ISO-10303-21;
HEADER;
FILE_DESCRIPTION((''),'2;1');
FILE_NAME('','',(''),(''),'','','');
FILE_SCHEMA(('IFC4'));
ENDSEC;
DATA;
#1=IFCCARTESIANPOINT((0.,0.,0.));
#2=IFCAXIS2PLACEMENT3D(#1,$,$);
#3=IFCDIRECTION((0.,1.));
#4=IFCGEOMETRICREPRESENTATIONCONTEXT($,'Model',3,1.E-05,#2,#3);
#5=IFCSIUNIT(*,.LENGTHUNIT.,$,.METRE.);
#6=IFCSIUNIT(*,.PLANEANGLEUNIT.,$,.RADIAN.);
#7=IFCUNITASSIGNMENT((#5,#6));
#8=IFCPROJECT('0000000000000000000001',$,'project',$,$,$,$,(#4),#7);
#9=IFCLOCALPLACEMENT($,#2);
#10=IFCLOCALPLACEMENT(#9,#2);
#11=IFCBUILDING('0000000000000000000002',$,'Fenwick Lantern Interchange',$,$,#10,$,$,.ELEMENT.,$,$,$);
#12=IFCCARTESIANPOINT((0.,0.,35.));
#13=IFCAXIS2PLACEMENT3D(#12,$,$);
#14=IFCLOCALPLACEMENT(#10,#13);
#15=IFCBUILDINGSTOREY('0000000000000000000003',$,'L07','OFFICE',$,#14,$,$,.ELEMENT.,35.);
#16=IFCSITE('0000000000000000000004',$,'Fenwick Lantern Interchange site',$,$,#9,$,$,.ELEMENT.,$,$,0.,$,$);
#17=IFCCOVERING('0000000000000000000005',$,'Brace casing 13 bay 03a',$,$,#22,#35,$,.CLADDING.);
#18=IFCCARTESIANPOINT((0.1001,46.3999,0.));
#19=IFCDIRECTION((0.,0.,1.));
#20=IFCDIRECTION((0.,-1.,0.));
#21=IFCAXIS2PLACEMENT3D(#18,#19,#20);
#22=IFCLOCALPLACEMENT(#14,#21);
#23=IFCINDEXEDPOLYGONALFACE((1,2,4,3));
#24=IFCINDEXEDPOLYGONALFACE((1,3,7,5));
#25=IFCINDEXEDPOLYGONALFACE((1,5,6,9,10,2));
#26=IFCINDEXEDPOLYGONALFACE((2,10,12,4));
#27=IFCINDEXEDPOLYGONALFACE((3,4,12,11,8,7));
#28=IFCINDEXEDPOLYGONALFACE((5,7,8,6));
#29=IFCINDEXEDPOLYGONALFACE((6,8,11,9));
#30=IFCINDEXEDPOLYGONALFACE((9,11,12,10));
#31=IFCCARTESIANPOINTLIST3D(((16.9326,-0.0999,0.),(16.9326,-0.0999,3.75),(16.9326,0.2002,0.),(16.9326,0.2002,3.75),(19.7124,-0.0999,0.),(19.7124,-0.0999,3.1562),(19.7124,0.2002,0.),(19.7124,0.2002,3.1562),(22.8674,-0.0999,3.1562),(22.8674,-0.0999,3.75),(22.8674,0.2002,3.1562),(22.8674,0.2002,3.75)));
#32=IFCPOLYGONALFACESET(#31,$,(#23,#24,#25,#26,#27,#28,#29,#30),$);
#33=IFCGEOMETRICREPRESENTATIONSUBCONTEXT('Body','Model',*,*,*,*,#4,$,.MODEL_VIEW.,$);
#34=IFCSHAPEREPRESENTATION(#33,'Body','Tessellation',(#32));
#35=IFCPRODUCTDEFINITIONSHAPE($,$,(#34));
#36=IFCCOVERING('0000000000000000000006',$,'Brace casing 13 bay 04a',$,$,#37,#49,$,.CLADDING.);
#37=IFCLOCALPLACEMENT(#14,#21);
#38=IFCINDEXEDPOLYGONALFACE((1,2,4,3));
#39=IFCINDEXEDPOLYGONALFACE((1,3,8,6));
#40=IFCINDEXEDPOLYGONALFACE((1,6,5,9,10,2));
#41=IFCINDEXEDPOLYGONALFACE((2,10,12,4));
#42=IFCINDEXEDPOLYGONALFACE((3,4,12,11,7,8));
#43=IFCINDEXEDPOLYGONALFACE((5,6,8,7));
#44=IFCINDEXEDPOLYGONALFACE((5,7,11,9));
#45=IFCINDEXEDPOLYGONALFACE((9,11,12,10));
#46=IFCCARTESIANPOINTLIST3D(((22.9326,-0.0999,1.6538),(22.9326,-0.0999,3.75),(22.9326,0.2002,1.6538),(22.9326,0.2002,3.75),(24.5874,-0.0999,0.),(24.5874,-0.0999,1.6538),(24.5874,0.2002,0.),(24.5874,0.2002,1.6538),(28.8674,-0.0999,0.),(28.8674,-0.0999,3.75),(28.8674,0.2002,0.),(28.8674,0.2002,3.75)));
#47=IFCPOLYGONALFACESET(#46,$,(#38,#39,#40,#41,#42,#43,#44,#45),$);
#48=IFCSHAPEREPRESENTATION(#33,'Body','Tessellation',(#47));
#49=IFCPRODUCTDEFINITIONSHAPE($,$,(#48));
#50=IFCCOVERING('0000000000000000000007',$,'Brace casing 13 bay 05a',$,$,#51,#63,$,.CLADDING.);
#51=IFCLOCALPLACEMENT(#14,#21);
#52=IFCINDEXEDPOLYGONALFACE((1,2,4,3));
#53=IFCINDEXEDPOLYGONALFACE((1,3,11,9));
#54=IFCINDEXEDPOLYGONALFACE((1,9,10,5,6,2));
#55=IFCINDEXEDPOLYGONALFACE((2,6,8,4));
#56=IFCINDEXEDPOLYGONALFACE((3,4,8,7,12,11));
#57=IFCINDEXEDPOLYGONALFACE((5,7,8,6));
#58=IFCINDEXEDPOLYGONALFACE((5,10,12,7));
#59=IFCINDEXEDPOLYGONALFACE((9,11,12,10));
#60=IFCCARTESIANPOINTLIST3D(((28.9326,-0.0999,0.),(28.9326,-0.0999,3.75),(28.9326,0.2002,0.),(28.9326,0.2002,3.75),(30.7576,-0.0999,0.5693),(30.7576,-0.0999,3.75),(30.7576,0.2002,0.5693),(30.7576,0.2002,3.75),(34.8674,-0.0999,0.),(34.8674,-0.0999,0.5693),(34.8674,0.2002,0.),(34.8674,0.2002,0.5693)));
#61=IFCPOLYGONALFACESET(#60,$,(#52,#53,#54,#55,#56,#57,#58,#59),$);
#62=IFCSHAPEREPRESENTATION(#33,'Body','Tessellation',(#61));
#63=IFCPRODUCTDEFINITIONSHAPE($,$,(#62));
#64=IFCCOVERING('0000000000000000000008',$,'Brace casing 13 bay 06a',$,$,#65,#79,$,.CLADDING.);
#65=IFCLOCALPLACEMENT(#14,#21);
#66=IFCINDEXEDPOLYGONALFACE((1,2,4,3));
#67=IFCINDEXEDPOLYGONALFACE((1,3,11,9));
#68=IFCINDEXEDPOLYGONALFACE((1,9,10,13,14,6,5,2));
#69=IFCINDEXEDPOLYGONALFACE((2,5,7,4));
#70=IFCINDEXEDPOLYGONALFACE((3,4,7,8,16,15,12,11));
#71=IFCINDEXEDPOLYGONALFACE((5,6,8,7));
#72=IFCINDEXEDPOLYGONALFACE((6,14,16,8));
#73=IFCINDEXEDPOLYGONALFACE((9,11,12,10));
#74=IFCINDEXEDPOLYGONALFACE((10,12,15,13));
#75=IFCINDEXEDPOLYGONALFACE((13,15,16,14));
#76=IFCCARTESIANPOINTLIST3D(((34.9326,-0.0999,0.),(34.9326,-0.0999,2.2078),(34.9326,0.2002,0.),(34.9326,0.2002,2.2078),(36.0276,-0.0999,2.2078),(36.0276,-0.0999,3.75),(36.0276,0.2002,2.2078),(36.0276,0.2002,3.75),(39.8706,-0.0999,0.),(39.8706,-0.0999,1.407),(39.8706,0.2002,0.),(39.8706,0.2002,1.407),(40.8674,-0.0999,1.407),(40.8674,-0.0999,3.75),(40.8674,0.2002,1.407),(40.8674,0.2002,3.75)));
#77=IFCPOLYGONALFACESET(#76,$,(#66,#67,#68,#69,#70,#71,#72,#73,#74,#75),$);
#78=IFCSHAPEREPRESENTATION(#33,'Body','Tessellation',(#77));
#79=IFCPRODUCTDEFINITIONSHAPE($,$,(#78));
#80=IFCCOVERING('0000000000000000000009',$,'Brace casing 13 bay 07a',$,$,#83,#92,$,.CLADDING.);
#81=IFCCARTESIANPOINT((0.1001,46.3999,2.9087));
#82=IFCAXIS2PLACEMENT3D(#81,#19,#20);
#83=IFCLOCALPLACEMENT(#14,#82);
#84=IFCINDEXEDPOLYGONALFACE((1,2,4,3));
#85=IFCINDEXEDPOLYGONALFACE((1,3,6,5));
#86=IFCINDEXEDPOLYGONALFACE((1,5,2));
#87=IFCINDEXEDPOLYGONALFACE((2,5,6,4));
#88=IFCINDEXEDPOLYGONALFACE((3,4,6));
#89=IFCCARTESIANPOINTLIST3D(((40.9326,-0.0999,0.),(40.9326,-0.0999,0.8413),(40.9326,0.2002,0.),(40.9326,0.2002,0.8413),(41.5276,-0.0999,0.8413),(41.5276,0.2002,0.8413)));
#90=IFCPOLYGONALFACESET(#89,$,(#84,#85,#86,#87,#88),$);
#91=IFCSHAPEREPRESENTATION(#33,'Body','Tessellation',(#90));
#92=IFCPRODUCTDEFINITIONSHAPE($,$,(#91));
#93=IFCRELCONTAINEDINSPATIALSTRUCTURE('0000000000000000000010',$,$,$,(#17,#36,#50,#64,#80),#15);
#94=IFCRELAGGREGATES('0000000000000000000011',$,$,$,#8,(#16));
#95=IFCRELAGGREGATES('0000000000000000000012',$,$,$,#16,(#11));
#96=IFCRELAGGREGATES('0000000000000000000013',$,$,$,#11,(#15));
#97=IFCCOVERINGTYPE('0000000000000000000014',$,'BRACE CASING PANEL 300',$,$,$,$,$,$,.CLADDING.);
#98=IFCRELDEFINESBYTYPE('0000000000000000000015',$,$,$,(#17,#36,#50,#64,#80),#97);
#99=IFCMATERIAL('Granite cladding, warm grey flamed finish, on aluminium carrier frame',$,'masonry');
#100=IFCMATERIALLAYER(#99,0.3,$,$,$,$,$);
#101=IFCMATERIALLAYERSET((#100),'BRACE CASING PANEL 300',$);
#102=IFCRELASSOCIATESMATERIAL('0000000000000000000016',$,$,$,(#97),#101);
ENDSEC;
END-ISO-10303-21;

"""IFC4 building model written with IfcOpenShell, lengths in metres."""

from ifc_helpers import new_model, si_unit, direction, frame, origin, place, context, subcontext, project, spatial, polyline, outline, extrude, material, layer, layer_set, type_object, element, save


model = new_model("IFC4")

# Units and contexts
model_context = context("Model", 3, precision=1e-05, world=origin(), true_north=direction((0.0, 1.0)))
body_context = subcontext(model_context, "Body", "Model", "MODEL_VIEW")
ifc_project = project(units=[si_unit("LENGTHUNIT", "METRE"), si_unit("PLANEANGLEUNIT", "RADIAN")], contexts=[model_context])

# Site, building, storey
site_placement = place(None, origin())
site = spatial("IfcSite", under=ifc_project, at=site_placement, Name="Fenwick Lantern Interchange site", CompositionType="ELEMENT", RefElevation=0.0)
building_placement = place(site_placement, origin())
building = spatial("IfcBuilding", under=site, at=building_placement, Name="Fenwick Lantern Interchange", CompositionType="ELEMENT")
storey_placement = place(building_placement, frame((0.0, 0.0, 35.0)))
storey = spatial("IfcBuildingStorey", under=building, at=storey_placement, Name="L07", Description="OFFICE", CompositionType="ELEMENT", Elevation=35.0)

# Coverings
ifc_material_1 = material(Name="Granite cladding, warm grey flamed finish, on aluminium carrier frame", Category="masonry")
ifc_layer_1 = layer(ifc_material_1, 0.3)
ifc_layer_set_1 = layer_set([ifc_layer_1], Name="BRACE CASING PANEL 300")
covering_type = type_object("IfcCoveringType", Name="BRACE CASING PANEL 300", PredefinedType="CLADDING", material=ifc_layer_set_1)
covering_1_placement = place(storey_placement, frame((0.1001, 46.3999, 0.0), z_axis=(0.0, 0.0, 1.0), x_axis=(0.0, -1.0, 0.0)))
element("IfcCovering", 1, at=covering_1_placement, inside=storey, type_object=covering_type, Name="Brace casing 13 bay 03a", PredefinedType="CLADDING", context=body_context, shape_type="SweptSolid", body=[
    extrude(outline(polyline([(16.9326, 0.0), (19.7124, 0.0), (19.7124, 3.1562), (22.8674, 3.1562), (22.8674, 3.75), (16.9326, 3.75), (16.9326, 0.0)])), frame((0.0, 0.2002, 0.0), z_axis=(0.0, -1.0, 0.0), x_axis=(1.0, 0.0, 0.0)), (0.0, 0.0, 1.0), 0.3),
])
covering_2_placement = place(storey_placement, frame((0.1001, 46.3999, 0.0), z_axis=(0.0, 0.0, 1.0), x_axis=(0.0, -1.0, 0.0)))
element("IfcCovering", 2, at=covering_2_placement, inside=storey, type_object=covering_type, Name="Brace casing 13 bay 04a", PredefinedType="CLADDING", context=body_context, shape_type="SweptSolid", body=[
    extrude(outline(polyline([(24.5874, 0.0), (28.8674, 0.0), (28.8674, 3.75), (22.9326, 3.75), (22.9326, 1.6538), (24.5874, 1.6538), (24.5874, 0.0)])), frame((0.0, 0.2002, 0.0), z_axis=(0.0, -1.0, 0.0), x_axis=(1.0, 0.0, 0.0)), (0.0, 0.0, 1.0), 0.3),
])
covering_3_placement = place(storey_placement, frame((0.1001, 46.3999, 0.0), z_axis=(0.0, 0.0, 1.0), x_axis=(0.0, -1.0, 0.0)))
element("IfcCovering", 3, at=covering_3_placement, inside=storey, type_object=covering_type, Name="Brace casing 13 bay 05a", PredefinedType="CLADDING", context=body_context, shape_type="SweptSolid", body=[
    extrude(outline(polyline([(28.9326, 0.0), (34.8674, 0.0), (34.8674, 0.5693), (30.7576, 0.5693), (30.7576, 3.75), (28.9326, 3.75), (28.9326, 0.0)])), frame((0.0, 0.2002, 0.0), z_axis=(0.0, -1.0, 0.0), x_axis=(1.0, 0.0, 0.0)), (0.0, 0.0, 1.0), 0.3),
])
covering_4_placement = place(storey_placement, frame((0.1001, 46.3999, 0.0), z_axis=(0.0, 0.0, 1.0), x_axis=(0.0, -1.0, 0.0)))
element("IfcCovering", 4, at=covering_4_placement, inside=storey, type_object=covering_type, Name="Brace casing 13 bay 06a", PredefinedType="CLADDING", context=body_context, shape_type="SweptSolid", body=[
    extrude(outline(polyline([(34.9326, 0.0), (39.8706, 0.0), (39.8706, 1.407), (40.8674, 1.407), (40.8674, 3.75), (36.0276, 3.75), (36.0276, 2.2078), (34.9326, 2.2078), (34.9326, 0.0)])), frame((0.0, 0.2002, 0.0), z_axis=(0.0, -1.0, 0.0), x_axis=(1.0, 0.0, 0.0)), (0.0, 0.0, 1.0), 0.3),
])
covering_5_placement = place(storey_placement, frame((0.1001, 46.3999, 2.9087), z_axis=(0.0, 0.0, 1.0), x_axis=(0.0, -1.0, 0.0)))
element("IfcCovering", 5, at=covering_5_placement, inside=storey, type_object=covering_type, Name="Brace casing 13 bay 07a", PredefinedType="CLADDING", context=body_context, shape_type="SweptSolid", body=[
    extrude(outline(polyline([(40.9326, 0.0), (41.5276, 0.8413), (40.9326, 0.8413), (40.9326, 0.0)])), frame((0.0, 0.2002, 0.0), z_axis=(0.0, -1.0, 0.0), x_axis=(1.0, 0.0, 0.0)), (0.0, 0.0, 1.0), 0.3),
])

save(model, "model.ifc")
